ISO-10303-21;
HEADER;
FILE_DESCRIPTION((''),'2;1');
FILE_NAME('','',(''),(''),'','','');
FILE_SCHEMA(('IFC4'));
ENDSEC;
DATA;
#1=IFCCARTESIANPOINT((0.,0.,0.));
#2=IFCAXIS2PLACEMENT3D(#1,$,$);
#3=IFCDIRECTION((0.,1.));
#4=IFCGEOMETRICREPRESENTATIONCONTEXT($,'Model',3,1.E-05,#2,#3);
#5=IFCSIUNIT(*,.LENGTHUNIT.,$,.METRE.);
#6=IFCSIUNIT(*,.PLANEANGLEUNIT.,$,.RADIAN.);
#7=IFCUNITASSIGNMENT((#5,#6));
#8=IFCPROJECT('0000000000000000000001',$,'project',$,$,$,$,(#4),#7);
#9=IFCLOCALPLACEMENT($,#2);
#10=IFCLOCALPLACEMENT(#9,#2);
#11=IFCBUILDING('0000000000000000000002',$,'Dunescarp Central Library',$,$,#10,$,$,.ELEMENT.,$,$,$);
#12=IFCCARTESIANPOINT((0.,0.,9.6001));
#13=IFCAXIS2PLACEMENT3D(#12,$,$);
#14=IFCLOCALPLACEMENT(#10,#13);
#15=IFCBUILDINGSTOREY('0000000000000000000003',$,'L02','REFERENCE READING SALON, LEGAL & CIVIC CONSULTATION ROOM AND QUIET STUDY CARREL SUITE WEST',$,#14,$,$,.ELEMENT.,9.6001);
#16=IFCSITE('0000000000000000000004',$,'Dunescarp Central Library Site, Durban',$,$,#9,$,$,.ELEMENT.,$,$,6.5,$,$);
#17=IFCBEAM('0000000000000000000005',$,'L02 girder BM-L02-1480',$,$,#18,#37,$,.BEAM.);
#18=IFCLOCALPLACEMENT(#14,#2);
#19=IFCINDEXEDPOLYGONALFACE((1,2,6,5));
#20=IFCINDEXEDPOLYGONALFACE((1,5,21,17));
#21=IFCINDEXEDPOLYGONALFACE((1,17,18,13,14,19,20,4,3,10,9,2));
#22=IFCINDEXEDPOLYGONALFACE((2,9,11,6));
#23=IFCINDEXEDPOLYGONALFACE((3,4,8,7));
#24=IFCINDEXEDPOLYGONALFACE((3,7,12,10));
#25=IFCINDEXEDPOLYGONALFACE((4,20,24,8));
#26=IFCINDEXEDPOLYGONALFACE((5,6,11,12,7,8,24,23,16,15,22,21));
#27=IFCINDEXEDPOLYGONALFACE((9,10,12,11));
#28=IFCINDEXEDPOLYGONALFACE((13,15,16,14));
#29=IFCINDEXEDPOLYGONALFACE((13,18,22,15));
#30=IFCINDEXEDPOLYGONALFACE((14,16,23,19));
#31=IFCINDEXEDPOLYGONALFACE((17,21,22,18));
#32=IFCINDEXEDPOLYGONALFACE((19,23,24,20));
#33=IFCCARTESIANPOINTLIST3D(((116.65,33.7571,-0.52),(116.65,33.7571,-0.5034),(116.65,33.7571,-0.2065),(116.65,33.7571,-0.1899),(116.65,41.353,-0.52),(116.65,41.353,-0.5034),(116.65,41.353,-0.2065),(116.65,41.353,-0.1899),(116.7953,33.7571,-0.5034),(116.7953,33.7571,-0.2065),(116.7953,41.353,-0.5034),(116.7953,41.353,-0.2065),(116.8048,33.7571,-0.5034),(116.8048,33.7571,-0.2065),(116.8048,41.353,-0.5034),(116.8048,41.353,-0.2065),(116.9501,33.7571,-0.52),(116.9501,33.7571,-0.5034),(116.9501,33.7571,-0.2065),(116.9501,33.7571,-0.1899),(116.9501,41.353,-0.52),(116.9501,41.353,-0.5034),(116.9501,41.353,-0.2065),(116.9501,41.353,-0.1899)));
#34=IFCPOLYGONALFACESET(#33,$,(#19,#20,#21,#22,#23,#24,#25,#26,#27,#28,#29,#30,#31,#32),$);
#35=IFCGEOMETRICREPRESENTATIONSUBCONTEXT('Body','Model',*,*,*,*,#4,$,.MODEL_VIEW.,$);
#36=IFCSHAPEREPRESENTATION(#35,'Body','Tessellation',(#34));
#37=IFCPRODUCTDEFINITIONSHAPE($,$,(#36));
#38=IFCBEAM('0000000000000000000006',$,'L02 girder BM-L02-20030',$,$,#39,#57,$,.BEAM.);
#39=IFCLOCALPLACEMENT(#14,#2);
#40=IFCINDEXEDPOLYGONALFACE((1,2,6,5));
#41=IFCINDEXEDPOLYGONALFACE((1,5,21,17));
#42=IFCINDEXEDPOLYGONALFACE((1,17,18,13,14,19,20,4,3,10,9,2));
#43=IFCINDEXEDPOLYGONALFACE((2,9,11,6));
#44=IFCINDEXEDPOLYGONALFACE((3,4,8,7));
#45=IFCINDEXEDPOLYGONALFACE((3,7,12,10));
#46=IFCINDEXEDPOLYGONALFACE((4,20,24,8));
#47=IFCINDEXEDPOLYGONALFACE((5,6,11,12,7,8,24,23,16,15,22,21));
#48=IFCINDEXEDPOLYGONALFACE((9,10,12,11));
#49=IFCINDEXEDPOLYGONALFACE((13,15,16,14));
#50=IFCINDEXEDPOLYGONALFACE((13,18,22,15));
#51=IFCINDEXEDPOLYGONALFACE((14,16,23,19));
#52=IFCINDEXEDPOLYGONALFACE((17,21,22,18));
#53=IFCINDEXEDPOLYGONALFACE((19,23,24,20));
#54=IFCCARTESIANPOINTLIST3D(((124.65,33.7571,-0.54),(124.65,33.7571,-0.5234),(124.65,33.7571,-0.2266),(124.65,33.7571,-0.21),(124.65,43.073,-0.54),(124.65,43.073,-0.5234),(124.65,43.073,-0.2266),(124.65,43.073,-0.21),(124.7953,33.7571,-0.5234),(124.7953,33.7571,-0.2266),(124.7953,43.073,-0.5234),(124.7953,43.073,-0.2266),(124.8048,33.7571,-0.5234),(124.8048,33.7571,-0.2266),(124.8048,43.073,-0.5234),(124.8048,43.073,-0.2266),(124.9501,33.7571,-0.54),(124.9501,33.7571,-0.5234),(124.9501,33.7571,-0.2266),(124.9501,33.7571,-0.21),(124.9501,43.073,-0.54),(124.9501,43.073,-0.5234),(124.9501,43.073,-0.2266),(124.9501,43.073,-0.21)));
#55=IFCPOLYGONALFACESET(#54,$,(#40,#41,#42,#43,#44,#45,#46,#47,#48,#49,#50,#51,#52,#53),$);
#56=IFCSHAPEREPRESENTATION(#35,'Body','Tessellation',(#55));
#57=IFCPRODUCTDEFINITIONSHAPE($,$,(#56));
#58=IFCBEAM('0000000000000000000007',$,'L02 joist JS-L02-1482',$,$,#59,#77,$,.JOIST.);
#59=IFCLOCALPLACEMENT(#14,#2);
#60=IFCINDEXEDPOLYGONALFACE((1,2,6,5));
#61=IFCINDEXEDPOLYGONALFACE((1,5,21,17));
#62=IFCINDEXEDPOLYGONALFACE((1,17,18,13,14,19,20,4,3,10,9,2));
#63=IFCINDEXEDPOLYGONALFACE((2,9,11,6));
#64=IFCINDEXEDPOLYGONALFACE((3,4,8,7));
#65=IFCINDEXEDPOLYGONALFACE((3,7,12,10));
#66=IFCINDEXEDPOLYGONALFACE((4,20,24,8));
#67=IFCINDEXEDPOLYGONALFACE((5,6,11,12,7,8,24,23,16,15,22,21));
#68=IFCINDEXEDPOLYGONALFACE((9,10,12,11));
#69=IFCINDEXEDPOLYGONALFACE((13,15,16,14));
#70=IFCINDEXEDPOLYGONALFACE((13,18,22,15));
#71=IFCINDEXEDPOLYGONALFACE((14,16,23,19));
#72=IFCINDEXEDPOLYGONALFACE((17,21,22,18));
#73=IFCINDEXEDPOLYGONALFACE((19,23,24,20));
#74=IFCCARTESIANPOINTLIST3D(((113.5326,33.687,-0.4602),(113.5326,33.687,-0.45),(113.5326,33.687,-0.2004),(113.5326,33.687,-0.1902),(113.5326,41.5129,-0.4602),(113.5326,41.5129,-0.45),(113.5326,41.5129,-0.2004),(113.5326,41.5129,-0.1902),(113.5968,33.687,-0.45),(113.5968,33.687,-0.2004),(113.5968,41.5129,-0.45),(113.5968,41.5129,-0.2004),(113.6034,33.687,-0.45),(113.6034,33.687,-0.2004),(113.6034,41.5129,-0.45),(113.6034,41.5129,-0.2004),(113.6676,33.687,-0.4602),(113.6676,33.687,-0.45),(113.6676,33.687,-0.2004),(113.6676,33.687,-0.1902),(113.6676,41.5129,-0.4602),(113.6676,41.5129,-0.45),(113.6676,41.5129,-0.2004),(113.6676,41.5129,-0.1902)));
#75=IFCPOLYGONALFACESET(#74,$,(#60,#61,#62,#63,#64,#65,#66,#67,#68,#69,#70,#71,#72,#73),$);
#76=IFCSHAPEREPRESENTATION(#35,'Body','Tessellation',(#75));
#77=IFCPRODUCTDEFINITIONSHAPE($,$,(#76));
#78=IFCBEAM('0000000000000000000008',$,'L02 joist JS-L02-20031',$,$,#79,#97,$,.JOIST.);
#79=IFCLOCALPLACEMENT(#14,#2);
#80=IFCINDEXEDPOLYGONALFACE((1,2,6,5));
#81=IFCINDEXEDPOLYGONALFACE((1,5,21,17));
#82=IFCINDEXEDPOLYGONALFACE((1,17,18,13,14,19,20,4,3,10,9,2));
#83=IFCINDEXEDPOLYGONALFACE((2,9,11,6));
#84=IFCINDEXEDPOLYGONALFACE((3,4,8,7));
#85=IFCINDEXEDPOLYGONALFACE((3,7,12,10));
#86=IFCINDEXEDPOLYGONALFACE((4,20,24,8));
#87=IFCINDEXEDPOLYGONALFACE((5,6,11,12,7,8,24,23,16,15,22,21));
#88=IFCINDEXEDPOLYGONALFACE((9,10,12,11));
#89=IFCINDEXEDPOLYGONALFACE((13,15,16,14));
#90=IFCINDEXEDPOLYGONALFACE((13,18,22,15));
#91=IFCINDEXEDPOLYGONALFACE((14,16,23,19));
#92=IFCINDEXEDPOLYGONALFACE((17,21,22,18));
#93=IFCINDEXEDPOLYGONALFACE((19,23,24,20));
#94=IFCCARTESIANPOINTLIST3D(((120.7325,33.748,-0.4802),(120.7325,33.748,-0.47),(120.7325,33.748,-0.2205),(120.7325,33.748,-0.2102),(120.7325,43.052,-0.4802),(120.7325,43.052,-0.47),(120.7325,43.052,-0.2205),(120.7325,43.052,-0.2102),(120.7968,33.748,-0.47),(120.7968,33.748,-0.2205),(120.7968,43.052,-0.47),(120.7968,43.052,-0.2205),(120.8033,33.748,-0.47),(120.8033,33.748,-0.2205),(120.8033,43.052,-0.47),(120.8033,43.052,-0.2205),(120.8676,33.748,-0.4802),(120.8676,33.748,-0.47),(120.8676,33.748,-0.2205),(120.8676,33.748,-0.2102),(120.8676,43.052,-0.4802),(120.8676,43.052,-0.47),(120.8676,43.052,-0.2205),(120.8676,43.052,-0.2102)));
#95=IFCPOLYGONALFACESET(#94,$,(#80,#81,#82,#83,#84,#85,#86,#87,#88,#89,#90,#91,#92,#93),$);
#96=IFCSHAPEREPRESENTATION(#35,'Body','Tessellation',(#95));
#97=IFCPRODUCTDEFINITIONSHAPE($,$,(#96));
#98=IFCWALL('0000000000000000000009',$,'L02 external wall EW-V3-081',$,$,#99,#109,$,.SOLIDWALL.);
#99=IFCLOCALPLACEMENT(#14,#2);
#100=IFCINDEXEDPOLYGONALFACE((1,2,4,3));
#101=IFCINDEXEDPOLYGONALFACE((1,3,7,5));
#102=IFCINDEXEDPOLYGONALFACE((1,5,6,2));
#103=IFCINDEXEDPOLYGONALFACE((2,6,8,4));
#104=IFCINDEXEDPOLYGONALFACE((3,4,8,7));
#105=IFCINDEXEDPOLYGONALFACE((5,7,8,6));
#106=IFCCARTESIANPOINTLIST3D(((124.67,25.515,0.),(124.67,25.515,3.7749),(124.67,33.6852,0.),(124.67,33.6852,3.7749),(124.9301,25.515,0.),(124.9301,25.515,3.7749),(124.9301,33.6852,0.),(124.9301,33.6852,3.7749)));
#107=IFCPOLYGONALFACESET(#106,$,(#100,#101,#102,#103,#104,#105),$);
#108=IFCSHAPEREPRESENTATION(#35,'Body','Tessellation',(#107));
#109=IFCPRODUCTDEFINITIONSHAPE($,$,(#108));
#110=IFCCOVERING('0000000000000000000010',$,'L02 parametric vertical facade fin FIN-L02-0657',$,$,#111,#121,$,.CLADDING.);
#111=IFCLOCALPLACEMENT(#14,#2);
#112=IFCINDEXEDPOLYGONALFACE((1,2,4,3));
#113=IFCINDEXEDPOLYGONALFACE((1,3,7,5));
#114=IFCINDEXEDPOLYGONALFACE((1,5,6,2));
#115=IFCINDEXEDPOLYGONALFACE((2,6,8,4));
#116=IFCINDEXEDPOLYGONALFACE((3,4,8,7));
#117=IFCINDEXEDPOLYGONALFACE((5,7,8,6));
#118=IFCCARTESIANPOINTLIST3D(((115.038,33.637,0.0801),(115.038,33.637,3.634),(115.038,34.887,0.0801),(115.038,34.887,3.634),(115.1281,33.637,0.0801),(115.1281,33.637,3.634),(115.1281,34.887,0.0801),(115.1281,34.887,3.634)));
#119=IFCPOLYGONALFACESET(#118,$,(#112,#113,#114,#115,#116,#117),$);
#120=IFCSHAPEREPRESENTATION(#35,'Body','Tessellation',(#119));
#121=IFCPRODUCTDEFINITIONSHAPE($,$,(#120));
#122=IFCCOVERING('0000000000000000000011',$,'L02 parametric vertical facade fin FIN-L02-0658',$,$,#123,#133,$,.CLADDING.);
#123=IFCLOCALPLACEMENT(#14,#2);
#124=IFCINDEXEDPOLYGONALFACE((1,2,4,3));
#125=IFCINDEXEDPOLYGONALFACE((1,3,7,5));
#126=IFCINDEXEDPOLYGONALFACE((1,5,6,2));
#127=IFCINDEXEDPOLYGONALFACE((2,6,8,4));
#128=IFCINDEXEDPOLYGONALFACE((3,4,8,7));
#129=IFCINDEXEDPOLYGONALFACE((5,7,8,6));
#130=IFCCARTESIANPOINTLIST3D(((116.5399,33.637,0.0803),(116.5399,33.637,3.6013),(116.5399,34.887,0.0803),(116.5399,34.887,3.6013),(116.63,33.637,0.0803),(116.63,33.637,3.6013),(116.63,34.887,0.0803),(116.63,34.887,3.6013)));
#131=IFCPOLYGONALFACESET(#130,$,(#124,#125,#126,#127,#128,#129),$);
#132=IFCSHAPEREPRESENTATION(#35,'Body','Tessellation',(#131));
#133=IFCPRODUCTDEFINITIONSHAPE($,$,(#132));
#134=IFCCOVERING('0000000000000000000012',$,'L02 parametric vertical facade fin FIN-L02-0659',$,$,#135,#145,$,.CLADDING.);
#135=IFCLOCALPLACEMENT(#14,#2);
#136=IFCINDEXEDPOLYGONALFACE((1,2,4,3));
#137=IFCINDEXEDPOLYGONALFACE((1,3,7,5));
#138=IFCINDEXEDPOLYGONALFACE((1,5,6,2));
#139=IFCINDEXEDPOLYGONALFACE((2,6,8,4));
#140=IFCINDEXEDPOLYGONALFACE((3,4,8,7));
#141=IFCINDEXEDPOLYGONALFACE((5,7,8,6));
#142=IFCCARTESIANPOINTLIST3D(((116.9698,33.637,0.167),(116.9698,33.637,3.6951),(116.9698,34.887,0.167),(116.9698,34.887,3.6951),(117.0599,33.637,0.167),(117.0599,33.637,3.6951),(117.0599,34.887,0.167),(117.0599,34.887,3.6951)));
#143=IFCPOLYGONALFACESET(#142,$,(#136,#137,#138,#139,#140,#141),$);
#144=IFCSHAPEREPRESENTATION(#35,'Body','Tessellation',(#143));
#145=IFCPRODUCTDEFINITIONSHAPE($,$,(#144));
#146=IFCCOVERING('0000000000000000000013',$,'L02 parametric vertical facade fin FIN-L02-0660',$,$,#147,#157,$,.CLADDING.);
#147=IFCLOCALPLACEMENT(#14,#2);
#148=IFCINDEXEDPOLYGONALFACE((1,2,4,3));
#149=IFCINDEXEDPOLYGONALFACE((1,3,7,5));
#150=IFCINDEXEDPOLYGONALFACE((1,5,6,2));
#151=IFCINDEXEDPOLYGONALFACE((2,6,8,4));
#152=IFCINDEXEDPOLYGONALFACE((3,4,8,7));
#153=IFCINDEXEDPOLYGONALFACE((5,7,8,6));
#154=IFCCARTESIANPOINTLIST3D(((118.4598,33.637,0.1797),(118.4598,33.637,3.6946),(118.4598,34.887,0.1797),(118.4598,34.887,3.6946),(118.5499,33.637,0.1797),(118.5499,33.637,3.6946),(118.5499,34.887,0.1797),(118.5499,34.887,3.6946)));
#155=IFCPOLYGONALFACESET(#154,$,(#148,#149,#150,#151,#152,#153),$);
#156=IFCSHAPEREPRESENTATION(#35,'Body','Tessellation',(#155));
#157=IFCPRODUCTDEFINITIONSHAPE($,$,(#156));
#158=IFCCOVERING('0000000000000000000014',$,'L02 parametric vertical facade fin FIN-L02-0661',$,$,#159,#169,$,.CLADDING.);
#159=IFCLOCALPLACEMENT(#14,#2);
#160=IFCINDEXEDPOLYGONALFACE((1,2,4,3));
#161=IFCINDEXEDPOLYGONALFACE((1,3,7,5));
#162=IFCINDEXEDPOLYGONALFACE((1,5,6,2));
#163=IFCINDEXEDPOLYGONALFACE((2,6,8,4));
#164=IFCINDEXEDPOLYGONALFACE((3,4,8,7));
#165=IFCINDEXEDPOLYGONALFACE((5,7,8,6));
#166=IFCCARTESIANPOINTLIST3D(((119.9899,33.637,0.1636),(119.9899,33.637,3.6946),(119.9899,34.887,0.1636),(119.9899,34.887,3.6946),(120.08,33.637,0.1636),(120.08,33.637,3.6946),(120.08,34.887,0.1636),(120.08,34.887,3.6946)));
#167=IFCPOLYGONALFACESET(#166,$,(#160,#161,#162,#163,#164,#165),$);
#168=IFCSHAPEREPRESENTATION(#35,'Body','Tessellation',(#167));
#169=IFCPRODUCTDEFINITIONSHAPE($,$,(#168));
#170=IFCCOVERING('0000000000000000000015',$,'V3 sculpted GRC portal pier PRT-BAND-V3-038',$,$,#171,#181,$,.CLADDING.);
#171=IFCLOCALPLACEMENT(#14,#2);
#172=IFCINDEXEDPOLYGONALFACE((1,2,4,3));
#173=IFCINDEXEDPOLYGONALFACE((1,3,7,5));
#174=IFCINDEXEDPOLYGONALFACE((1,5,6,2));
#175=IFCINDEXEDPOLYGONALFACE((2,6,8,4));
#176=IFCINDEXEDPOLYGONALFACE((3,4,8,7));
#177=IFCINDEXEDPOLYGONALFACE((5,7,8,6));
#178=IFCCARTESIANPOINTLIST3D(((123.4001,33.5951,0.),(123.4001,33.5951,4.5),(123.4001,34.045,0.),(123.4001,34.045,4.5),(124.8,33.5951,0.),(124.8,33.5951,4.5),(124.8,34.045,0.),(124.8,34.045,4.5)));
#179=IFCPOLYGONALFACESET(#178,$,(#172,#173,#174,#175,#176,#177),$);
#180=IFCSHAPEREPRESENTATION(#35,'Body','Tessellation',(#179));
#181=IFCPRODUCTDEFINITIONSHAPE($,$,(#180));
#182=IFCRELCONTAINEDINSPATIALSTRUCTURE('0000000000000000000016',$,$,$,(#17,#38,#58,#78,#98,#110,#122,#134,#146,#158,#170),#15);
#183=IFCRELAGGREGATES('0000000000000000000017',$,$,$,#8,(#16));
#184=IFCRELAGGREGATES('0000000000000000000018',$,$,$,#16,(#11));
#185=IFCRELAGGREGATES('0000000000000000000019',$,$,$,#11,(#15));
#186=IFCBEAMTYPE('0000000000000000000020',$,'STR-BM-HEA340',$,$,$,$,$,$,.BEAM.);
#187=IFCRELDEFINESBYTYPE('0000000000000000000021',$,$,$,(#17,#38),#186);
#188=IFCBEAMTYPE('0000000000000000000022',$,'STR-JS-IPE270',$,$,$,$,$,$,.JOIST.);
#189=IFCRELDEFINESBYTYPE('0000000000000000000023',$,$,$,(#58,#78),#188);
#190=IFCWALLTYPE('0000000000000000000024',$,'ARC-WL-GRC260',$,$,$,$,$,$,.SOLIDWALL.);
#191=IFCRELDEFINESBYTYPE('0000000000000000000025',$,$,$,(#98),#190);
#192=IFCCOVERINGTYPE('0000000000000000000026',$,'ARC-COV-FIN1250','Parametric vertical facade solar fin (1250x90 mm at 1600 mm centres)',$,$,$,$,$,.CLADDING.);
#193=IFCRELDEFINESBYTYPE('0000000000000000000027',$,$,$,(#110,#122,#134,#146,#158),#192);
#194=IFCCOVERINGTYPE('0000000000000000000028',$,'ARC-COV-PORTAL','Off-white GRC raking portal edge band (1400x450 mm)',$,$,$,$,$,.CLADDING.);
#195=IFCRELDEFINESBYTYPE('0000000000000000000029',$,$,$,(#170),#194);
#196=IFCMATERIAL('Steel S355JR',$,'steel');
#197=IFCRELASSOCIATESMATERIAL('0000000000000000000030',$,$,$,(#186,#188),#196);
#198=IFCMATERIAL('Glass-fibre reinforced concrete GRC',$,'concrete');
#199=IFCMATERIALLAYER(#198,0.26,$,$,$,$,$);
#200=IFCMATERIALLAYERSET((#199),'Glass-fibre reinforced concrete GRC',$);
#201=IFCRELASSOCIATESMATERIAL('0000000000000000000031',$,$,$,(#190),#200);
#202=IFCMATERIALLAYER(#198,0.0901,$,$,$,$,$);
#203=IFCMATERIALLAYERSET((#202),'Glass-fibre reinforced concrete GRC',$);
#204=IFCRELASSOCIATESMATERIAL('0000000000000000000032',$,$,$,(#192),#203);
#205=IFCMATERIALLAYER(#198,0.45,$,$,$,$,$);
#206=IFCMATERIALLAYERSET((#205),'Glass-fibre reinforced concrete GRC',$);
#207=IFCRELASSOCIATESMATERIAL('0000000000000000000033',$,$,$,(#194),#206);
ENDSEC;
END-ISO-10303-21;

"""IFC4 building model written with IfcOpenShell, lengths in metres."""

from ifc_helpers import new_model, si_unit, direction, frame, frame_2d, origin, origin_2d, place, context, subcontext, project, spatial, rectangle, i_section, extrude, material, layer, layer_set, material_profile, profile_set, type_object, element, save


model = new_model("IFC4")

# Units and contexts
model_context = context("Model", 3, precision=1e-05, world=origin(), true_north=direction((0.0, 1.0)))
body_context = subcontext(model_context, "Body", "Model", "MODEL_VIEW")
ifc_project = project(units=[si_unit("LENGTHUNIT", "METRE"), si_unit("PLANEANGLEUNIT", "RADIAN")], contexts=[model_context])

# Site, building, storey
site_placement = place(None, origin())
site = spatial("IfcSite", under=ifc_project, at=site_placement, Name="Dunescarp Central Library Site, Durban", CompositionType="ELEMENT", RefElevation=6.5)
building_placement = place(site_placement, origin())
building = spatial("IfcBuilding", under=site, at=building_placement, Name="Dunescarp Central Library", CompositionType="ELEMENT")
storey_placement = place(building_placement, frame((0.0, 0.0, 9.6001)))
storey = spatial("IfcBuildingStorey", under=building, at=storey_placement, Name="L02", Description="REFERENCE READING SALON, LEGAL & CIVIC CONSULTATION ROOM AND QUIET STUDY CARREL SUITE WEST", CompositionType="ELEMENT", Elevation=9.6001)

# Beams
ifc_material_1 = material(Name="Steel S355JR", Category="steel")
ifc_material_profile_1 = material_profile(ifc_material_1, i_section(OverallWidth=0.3, OverallDepth=0.3301, WebThickness=0.0095, FlangeThickness=0.0166, at=origin_2d()), Name="HEA 340")
ifc_profile_set_1 = profile_set([ifc_material_profile_1], Name="Steel S355JR")
beam_type_1 = type_object("IfcBeamType", Name="STR-BM-HEA340", PredefinedType="BEAM", material=ifc_profile_set_1)
beam_1_placement = place(storey_placement, frame((116.8, 33.7571, -0.355), z_axis=(0.0, 1.0, 0.0), x_axis=(-1.0, 0.0, 0.0)))
element("IfcBeam", 1, at=beam_1_placement, inside=storey, type_object=beam_type_1, Name="L02 girder BM-L02-1480", PredefinedType="BEAM", context=body_context, shape_type="SweptSolid", body=[
    extrude(i_section(OverallWidth=0.3, OverallDepth=0.3301, WebThickness=0.0095, FlangeThickness=0.0166, at=origin_2d()), origin(), (0.0, 0.0, 1.0), 7.5959),
])
beam_2_placement = place(storey_placement, frame((124.8, 33.7571, -0.375), z_axis=(0.0, 1.0, 0.0), x_axis=(-1.0, 0.0, 0.0)))
element("IfcBeam", 2, at=beam_2_placement, inside=storey, type_object=beam_type_1, Name="L02 girder BM-L02-20030", PredefinedType="BEAM", context=body_context, shape_type="SweptSolid", body=[
    extrude(i_section(OverallWidth=0.3, OverallDepth=0.3301, WebThickness=0.0095, FlangeThickness=0.0166, at=origin_2d()), origin(), (0.0, 0.0, 1.0), 9.3159),
])
ifc_material_profile_2 = material_profile(ifc_material_1, i_section(OverallWidth=0.135, OverallDepth=0.27, WebThickness=0.0066, FlangeThickness=0.0103, at=origin_2d()), Name="IPE 270")
ifc_profile_set_2 = profile_set([ifc_material_profile_2], Name="Steel S355JR")
beam_type_2 = type_object("IfcBeamType", Name="STR-JS-IPE270", PredefinedType="JOIST", material=ifc_profile_set_2)
beam_3_placement = place(storey_placement, frame((113.6001, 33.687, -0.3252), z_axis=(0.0, 1.0, 0.0), x_axis=(-1.0, 0.0, 0.0)))
element("IfcBeam", 3, at=beam_3_placement, inside=storey, type_object=beam_type_2, Name="L02 joist JS-L02-1482", PredefinedType="JOIST", context=body_context, shape_type="SweptSolid", body=[
    extrude(i_section(OverallWidth=0.135, OverallDepth=0.27, WebThickness=0.0066, FlangeThickness=0.0103, at=origin_2d()), origin(), (0.0, 0.0, 1.0), 7.8259),
])
beam_4_placement = place(storey_placement, frame((120.8, 33.748, -0.3452), z_axis=(0.0, 1.0, 0.0), x_axis=(-1.0, 0.0, 0.0)))
element("IfcBeam", 4, at=beam_4_placement, inside=storey, type_object=beam_type_2, Name="L02 joist JS-L02-20031", PredefinedType="JOIST", context=body_context, shape_type="SweptSolid", body=[
    extrude(i_section(OverallWidth=0.135, OverallDepth=0.27, WebThickness=0.0066, FlangeThickness=0.0103, at=origin_2d()), origin(), (0.0, 0.0, 1.0), 9.304),
])

# Wall
ifc_material_2 = material(Name="Glass-fibre reinforced concrete GRC", Category="concrete")
ifc_layer_1 = layer(ifc_material_2, 0.26)
ifc_layer_set_1 = layer_set([ifc_layer_1], Name="Glass-fibre reinforced concrete GRC")
wall_type = type_object("IfcWallType", Name="ARC-WL-GRC260", PredefinedType="SOLIDWALL", material=ifc_layer_set_1)
wall_placement = place(storey_placement, frame((124.8, 33.6851, 0.0), z_axis=(0.0, 0.0, 1.0), x_axis=(0.0, -1.0, 0.0)))
element("IfcWall", 5, at=wall_placement, inside=storey, type_object=wall_type, Name="L02 external wall EW-V3-081", PredefinedType="SOLIDWALL", context=body_context, shape_type="SweptSolid", body=[
    extrude(rectangle(XDim=8.1702, YDim=0.26, at=frame_2d((4.085, 0.0))), origin(), (0.0, 0.0, 1.0), 3.7749),
])

# Coverings
ifc_layer_2 = layer(ifc_material_2, 0.0901)
ifc_layer_set_2 = layer_set([ifc_layer_2], Name="Glass-fibre reinforced concrete GRC")
covering_type_1 = type_object("IfcCoveringType", Name="ARC-COV-FIN1250", Description="Parametric vertical facade solar fin (1250x90 mm at 1600 mm centres)", PredefinedType="CLADDING", material=ifc_layer_set_2)
covering_1_placement = place(storey_placement, frame((115.083, 34.262, 0.0801), z_axis=(0.0, 0.0, 1.0), x_axis=(0.0, 1.0, 0.0)))
element("IfcCovering", 6, at=covering_1_placement, inside=storey, type_object=covering_type_1, Name="L02 parametric vertical facade fin FIN-L02-0657", PredefinedType="CLADDING", context=body_context, shape_type="SweptSolid", body=[
    extrude(rectangle(XDim=1.25, YDim=0.0901, at=origin_2d()), origin(), (0.0, 0.0, 1.0), 3.554),
])
covering_2_placement = place(storey_placement, frame((116.585, 34.262, 0.0803), z_axis=(0.0, 0.0, 1.0), x_axis=(0.0, 1.0, 0.0)))
element("IfcCovering", 7, at=covering_2_placement, inside=storey, type_object=covering_type_1, Name="L02 parametric vertical facade fin FIN-L02-0658", PredefinedType="CLADDING", context=body_context, shape_type="SweptSolid", body=[
    extrude(rectangle(XDim=1.25, YDim=0.0901, at=origin_2d()), origin(), (0.0, 0.0, 1.0), 3.521),
])
covering_3_placement = place(storey_placement, frame((117.0149, 34.262, 0.167), z_axis=(0.0, 0.0, 1.0), x_axis=(0.0, 1.0, 0.0)))
element("IfcCovering", 8, at=covering_3_placement, inside=storey, type_object=covering_type_1, Name="L02 parametric vertical facade fin FIN-L02-0659", PredefinedType="CLADDING", context=body_context, shape_type="SweptSolid", body=[
    extrude(rectangle(XDim=1.25, YDim=0.0901, at=origin_2d()), origin(), (0.0, 0.0, 1.0), 3.5281),
])
covering_4_placement = place(storey_placement, frame((118.5049, 34.262, 0.1797), z_axis=(0.0, 0.0, 1.0), x_axis=(0.0, 1.0, 0.0)))
element("IfcCovering", 9, at=covering_4_placement, inside=storey, type_object=covering_type_1, Name="L02 parametric vertical facade fin FIN-L02-0660", PredefinedType="CLADDING", context=body_context, shape_type="SweptSolid", body=[
    extrude(rectangle(XDim=1.25, YDim=0.0901, at=origin_2d()), origin(), (0.0, 0.0, 1.0), 3.5149),
])
covering_5_placement = place(storey_placement, frame((120.0349, 34.262, 0.1636), z_axis=(0.0, 0.0, 1.0), x_axis=(0.0, 1.0, 0.0)))
element("IfcCovering", 10, at=covering_5_placement, inside=storey, type_object=covering_type_1, Name="L02 parametric vertical facade fin FIN-L02-0661", PredefinedType="CLADDING", context=body_context, shape_type="SweptSolid", body=[
    extrude(rectangle(XDim=1.25, YDim=0.0901, at=origin_2d()), origin(), (0.0, 0.0, 1.0), 3.531),
])
ifc_layer_3 = layer(ifc_material_2, 0.45)
ifc_layer_set_3 = layer_set([ifc_layer_3], Name="Glass-fibre reinforced concrete GRC")
covering_type_2 = type_object("IfcCoveringType", Name="ARC-COV-PORTAL", Description="Off-white GRC raking portal edge band (1400x450 mm)", PredefinedType="CLADDING", material=ifc_layer_set_3)
covering_6_placement = place(storey_placement, frame((124.1001, 33.8201, 0.0), z_axis=(0.0, 0.0, 1.0), x_axis=(1.0, 0.0, 0.0)))
element("IfcCovering", 11, at=covering_6_placement, inside=storey, type_object=covering_type_2, Name="V3 sculpted GRC portal pier PRT-BAND-V3-038", PredefinedType="CLADDING", context=body_context, shape_type="SweptSolid", body=[
    extrude(rectangle(XDim=1.3999, YDim=0.45, at=origin_2d()), origin(), (0.0, 0.0, 1.0), 4.5),
])

save(model, "model.ifc")
